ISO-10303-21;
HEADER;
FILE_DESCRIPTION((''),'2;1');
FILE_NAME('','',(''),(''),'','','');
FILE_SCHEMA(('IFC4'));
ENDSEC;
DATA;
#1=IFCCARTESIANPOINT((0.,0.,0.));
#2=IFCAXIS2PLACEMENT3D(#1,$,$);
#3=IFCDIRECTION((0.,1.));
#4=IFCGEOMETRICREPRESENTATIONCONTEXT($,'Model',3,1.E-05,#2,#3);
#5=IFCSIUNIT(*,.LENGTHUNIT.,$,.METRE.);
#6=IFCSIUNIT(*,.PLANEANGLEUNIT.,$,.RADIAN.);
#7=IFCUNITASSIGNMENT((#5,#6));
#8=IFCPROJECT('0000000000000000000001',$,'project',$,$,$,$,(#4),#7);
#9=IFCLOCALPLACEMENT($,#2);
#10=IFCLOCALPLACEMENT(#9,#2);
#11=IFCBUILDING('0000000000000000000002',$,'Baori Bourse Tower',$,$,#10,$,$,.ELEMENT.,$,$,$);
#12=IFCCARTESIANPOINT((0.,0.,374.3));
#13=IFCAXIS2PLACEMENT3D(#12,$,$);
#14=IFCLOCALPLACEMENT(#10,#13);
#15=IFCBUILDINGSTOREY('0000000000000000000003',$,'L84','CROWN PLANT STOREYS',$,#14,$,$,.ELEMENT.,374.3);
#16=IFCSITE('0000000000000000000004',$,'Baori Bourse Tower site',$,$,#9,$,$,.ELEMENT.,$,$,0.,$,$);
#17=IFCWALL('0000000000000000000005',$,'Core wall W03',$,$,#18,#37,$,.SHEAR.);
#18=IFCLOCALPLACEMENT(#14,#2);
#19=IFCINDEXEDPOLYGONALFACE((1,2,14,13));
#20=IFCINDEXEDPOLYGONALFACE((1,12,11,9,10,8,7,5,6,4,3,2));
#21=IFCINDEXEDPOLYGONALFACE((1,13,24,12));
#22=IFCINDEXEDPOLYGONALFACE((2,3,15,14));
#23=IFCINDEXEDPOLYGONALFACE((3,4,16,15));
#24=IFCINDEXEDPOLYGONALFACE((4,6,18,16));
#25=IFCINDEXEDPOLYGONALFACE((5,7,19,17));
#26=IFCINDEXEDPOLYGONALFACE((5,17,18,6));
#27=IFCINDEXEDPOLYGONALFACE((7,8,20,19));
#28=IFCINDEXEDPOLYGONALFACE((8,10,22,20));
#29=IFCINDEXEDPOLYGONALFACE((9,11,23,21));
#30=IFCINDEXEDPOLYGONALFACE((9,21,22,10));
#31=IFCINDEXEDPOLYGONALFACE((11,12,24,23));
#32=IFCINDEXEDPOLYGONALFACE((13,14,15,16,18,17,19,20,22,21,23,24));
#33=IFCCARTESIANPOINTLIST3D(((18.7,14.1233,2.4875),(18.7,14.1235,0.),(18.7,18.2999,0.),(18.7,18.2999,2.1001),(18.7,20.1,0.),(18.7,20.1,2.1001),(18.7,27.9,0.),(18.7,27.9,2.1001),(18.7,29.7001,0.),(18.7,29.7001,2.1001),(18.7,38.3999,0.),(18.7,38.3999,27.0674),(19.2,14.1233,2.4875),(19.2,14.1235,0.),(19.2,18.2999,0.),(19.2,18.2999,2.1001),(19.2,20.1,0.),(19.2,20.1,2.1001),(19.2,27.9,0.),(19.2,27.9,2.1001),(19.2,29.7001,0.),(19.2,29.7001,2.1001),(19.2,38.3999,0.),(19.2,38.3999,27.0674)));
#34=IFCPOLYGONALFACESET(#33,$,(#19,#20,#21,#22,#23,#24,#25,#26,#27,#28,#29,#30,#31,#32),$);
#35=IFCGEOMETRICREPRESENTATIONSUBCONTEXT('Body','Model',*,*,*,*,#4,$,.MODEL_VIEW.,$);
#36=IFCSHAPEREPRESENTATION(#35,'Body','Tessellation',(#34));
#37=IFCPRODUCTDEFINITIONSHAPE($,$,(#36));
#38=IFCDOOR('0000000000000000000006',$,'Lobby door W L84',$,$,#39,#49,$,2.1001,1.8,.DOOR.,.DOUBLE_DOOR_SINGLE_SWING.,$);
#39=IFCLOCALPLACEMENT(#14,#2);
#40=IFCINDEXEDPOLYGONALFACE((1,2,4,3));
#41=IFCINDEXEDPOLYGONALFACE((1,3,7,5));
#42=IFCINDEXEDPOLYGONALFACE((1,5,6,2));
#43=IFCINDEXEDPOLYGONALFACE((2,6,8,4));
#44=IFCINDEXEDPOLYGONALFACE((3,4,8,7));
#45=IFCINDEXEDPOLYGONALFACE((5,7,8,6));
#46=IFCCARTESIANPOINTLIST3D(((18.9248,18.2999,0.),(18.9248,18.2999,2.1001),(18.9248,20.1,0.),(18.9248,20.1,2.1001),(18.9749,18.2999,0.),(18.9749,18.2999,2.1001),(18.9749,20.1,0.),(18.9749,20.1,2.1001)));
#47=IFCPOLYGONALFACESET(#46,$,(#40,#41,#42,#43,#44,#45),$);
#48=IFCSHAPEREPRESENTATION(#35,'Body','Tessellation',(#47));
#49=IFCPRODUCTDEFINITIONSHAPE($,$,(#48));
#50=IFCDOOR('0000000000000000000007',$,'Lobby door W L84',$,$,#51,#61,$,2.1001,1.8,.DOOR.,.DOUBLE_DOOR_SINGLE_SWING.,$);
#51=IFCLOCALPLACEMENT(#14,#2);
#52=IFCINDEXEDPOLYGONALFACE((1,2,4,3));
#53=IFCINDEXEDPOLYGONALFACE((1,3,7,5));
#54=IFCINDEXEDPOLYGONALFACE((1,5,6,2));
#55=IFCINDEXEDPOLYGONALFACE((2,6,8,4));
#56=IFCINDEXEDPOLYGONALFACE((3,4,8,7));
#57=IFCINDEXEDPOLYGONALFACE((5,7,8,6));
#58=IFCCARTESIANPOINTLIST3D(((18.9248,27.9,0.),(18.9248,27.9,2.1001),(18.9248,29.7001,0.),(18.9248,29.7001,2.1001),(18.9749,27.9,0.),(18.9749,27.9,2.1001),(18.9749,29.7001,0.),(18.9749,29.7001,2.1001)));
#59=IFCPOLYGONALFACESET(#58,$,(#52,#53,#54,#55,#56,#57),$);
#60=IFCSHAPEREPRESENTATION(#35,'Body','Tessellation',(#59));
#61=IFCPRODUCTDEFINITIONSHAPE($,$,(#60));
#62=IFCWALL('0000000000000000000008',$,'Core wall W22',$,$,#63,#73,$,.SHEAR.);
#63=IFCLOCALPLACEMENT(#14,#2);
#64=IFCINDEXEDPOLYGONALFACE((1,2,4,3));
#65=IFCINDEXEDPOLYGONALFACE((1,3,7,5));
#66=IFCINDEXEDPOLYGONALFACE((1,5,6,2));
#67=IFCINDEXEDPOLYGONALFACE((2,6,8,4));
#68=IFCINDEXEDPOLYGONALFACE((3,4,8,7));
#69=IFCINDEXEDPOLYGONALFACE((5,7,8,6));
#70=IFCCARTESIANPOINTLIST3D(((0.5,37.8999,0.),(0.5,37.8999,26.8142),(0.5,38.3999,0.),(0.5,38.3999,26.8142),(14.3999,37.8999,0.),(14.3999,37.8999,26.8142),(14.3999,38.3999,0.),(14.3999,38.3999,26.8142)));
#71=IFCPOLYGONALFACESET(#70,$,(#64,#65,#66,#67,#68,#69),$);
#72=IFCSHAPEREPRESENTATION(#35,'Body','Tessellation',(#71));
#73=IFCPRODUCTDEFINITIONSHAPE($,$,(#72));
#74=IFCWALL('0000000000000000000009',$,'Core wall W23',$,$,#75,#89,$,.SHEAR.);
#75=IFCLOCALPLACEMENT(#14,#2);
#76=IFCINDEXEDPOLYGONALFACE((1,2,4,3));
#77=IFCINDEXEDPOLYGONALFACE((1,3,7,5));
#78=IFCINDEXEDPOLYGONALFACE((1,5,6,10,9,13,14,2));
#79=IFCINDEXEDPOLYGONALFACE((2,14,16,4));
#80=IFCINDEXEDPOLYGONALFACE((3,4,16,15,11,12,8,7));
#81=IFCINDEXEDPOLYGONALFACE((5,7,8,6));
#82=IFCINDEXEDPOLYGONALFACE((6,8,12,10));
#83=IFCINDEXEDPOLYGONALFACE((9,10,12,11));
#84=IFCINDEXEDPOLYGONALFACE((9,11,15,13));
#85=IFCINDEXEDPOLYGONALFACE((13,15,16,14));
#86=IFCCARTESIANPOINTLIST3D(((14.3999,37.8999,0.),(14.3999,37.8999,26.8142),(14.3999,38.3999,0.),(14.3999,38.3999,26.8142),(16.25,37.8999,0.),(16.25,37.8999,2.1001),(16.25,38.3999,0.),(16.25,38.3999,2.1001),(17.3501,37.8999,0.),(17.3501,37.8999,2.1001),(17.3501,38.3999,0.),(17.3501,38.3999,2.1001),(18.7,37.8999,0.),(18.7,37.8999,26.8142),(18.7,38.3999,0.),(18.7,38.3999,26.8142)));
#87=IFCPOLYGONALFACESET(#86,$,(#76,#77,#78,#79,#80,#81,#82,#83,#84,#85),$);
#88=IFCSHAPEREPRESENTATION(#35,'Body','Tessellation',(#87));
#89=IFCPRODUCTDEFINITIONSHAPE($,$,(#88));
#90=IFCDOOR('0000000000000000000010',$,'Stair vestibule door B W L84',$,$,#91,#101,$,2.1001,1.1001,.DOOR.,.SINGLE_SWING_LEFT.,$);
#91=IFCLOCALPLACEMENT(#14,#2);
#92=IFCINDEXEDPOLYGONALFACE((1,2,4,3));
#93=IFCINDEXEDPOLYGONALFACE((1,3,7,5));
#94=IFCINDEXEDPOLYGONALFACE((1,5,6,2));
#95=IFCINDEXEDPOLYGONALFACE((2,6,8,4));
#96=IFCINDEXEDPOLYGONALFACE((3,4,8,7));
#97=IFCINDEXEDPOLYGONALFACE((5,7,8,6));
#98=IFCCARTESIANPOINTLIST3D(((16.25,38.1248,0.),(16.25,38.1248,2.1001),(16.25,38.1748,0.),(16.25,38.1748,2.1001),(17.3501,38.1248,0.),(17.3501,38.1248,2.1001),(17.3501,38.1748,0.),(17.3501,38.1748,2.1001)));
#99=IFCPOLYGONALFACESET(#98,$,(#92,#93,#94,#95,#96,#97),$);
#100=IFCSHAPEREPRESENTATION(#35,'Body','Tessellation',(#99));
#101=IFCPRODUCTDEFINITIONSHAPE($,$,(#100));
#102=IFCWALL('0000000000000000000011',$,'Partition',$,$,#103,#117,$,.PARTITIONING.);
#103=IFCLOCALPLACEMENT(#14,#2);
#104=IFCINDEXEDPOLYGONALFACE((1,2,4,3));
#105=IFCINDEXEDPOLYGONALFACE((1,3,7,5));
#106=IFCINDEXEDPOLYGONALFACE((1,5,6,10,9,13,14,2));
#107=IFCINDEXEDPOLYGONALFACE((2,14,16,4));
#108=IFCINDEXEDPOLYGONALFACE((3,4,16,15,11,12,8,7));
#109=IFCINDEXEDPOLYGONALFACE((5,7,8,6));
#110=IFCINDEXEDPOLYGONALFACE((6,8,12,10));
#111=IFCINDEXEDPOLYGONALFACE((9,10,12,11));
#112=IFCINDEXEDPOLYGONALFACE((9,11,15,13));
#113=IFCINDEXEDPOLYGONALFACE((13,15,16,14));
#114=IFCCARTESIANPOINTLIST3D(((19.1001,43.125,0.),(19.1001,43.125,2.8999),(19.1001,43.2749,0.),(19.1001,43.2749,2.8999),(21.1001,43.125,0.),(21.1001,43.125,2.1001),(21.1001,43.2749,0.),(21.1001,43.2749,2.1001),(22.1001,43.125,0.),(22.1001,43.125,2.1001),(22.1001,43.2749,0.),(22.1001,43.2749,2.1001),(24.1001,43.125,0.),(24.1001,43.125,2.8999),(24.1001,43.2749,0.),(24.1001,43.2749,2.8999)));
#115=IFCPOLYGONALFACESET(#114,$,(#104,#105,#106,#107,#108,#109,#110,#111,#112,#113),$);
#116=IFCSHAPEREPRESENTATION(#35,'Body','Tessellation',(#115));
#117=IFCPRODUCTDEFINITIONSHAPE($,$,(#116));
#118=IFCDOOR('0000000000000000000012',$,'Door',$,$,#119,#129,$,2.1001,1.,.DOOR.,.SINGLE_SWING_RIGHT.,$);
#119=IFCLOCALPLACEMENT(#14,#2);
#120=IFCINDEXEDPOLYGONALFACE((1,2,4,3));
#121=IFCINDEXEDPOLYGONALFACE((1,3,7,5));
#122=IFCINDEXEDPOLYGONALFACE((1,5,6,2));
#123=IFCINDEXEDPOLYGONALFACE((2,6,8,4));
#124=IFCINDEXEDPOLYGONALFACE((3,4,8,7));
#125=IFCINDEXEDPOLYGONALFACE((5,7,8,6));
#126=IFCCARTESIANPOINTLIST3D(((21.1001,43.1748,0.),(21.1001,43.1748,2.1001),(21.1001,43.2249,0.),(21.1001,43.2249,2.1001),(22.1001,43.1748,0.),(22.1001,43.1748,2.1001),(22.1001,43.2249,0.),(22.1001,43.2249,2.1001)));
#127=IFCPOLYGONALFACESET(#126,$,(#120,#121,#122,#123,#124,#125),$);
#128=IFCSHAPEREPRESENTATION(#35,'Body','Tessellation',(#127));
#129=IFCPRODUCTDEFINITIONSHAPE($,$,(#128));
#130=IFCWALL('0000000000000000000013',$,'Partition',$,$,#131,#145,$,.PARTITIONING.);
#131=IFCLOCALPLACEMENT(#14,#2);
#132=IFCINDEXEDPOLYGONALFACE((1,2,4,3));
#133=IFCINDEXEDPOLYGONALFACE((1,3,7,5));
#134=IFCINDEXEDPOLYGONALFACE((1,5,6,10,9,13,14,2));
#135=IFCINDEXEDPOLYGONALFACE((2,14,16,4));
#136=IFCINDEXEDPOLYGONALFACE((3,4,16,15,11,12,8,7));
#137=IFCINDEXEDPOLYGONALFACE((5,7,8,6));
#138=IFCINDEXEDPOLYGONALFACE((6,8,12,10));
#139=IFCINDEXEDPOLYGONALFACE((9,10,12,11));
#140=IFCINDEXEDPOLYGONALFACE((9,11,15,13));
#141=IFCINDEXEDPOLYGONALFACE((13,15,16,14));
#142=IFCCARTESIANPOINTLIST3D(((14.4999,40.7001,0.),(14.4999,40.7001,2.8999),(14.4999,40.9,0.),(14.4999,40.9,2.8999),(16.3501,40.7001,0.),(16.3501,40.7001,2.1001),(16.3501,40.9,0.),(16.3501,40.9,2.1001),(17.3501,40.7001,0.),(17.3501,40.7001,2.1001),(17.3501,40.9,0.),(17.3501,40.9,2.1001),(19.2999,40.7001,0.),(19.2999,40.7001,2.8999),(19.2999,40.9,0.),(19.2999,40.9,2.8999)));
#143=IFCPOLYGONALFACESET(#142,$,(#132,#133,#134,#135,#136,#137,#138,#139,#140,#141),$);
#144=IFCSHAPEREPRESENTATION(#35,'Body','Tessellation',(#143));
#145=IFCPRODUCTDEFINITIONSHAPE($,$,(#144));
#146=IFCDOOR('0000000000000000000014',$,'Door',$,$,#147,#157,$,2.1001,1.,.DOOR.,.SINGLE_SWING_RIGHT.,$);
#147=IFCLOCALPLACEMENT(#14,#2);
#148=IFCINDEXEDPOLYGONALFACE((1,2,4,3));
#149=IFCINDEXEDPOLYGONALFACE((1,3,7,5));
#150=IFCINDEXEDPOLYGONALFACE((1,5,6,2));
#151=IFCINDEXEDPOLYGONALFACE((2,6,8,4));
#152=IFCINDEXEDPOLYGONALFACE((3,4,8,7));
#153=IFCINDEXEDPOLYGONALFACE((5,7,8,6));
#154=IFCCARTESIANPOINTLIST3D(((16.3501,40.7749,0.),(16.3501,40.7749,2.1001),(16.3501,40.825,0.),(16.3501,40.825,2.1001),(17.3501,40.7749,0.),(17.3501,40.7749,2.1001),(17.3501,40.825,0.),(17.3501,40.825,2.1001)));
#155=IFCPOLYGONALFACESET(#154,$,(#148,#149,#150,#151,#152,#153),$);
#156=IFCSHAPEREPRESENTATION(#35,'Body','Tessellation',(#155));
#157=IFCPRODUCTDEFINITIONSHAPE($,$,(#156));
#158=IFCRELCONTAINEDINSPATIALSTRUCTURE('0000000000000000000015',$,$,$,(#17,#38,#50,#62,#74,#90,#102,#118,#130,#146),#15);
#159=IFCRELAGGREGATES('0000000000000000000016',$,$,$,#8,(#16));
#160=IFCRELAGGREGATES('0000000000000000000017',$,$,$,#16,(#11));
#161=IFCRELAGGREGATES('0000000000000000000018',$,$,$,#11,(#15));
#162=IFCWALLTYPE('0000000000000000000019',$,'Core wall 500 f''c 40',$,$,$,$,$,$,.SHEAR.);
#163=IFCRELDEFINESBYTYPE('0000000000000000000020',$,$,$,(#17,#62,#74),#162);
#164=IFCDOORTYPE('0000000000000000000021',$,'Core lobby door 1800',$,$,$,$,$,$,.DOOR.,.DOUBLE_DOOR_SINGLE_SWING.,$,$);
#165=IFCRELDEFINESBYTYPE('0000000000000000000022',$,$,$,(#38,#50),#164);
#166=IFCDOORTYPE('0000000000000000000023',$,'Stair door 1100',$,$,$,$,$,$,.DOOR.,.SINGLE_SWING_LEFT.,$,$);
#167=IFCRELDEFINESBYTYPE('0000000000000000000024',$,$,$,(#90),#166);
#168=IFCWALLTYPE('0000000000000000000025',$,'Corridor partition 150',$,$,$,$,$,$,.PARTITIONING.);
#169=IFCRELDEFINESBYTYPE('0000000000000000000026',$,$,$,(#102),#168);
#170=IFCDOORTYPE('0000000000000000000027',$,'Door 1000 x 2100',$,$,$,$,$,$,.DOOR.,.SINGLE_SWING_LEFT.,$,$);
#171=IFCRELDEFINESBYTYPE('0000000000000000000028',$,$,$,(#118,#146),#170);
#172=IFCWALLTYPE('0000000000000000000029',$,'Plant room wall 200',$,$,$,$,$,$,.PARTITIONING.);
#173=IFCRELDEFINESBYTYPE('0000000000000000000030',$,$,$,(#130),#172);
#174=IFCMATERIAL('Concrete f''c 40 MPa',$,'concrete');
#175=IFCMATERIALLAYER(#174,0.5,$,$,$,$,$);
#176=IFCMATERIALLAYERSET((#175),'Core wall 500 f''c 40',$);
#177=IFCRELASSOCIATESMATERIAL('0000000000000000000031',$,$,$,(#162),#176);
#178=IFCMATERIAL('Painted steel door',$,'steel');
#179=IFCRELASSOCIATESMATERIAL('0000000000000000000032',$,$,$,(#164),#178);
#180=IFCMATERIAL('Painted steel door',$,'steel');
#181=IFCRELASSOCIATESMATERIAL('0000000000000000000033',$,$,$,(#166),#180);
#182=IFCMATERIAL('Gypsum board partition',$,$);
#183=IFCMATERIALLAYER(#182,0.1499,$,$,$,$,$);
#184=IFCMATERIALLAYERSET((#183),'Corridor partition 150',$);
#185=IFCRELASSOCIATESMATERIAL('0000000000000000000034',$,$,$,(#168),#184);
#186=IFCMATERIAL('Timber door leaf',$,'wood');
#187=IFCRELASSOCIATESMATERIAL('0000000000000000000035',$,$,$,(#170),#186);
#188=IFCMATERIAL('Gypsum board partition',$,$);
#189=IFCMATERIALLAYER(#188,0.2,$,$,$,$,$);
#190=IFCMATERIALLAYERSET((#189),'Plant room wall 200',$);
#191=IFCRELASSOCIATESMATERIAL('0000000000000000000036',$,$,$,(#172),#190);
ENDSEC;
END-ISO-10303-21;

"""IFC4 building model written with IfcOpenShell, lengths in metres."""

from ifc_helpers import new_model, si_unit, direction, frame, frame_2d, origin, place, context, subcontext, project, spatial, polyline, rectangle, outline, extrude, material, layer, layer_set, type_object, element, fill, save


model = new_model("IFC4")

# Units and contexts
model_context = context("Model", 3, precision=1e-05, world=origin(), true_north=direction((0.0, 1.0)))
body_context = subcontext(model_context, "Body", "Model", "MODEL_VIEW")
ifc_project = project(units=[si_unit("LENGTHUNIT", "METRE"), si_unit("PLANEANGLEUNIT", "RADIAN")], contexts=[model_context])

# Site, building, storey
site_placement = place(None, origin())
site = spatial("IfcSite", under=ifc_project, at=site_placement, Name="Baori Bourse Tower site", CompositionType="ELEMENT", RefElevation=0.0)
building_placement = place(site_placement, origin())
building = spatial("IfcBuilding", under=site, at=building_placement, Name="Baori Bourse Tower", CompositionType="ELEMENT")
storey_placement = place(building_placement, frame((0.0, 0.0, 374.3)))
storey = spatial("IfcBuildingStorey", under=building, at=storey_placement, Name="L84", Description="CROWN PLANT STOREYS", CompositionType="ELEMENT", Elevation=374.3)

# Wall, openings, doors
ifc_material_1 = material(Name="Concrete f'c 40 MPa", Category="concrete")
ifc_layer_1 = layer(ifc_material_1, 0.5)
ifc_layer_set_1 = layer_set([ifc_layer_1], Name="Core wall 500 f'c 40")
wall_type_1 = type_object("IfcWallType", Name="Core wall 500 f'c 40", PredefinedType="SHEAR", material=ifc_layer_set_1)
wall_1_placement = place(storey_placement, frame((18.95, 38.3999, 0.0), z_axis=(0.0, 0.0, 1.0), x_axis=(0.0, -1.0, 0.0)))
wall_1 = element("IfcWall", 1, at=wall_1_placement, inside=storey, type_object=wall_type_1, Name="Core wall W03", PredefinedType="SHEAR", context=body_context, shape_type="SweptSolid", body=[
    extrude(outline(polyline([(0.0, 0.0), (24.2764, 0.0), (24.2766, 2.4875), (0.0, 27.0674), (0.0, 0.0)])), frame((0.0, 0.25, 0.0), z_axis=(0.0, -1.0, 0.0), x_axis=(1.0, 0.0, 0.0)), (0.0, 0.0, 1.0), 0.5),
])
opening_1_placement = place(wall_1_placement, frame((18.3, 0.0, 0.0)))
opening_1 = element("IfcOpeningElement", 2, at=opening_1_placement, cuts=wall_1, PredefinedType="OPENING", context=body_context, shape_type="SweptSolid", body=[
    extrude(rectangle(XDim=1.8, YDim=2.1001, at=frame_2d((0.8999, 1.05))), frame((0.0, 0.26, 0.0), z_axis=(0.0, -1.0, 0.0), x_axis=(1.0, 0.0, 0.0)), (0.0, 0.0, 1.0), 0.52),
])
opening_2_placement = place(wall_1_placement, frame((8.7, 0.0, 0.0)))
opening_2 = element("IfcOpeningElement", 3, at=opening_2_placement, cuts=wall_1, PredefinedType="OPENING", context=body_context, shape_type="SweptSolid", body=[
    extrude(rectangle(XDim=1.8, YDim=2.1001, at=frame_2d((0.8999, 1.05))), frame((0.0, 0.26, 0.0), z_axis=(0.0, -1.0, 0.0), x_axis=(1.0, 0.0, 0.0)), (0.0, 0.0, 1.0), 0.52),
])
ifc_material_2 = material(Name="Painted steel door", Category="steel")
door_type_1 = type_object("IfcDoorType", Name="Core lobby door 1800", OperationType="DOUBLE_DOOR_SINGLE_SWING", PredefinedType="DOOR", material=ifc_material_2)
door_1_placement = place(opening_1_placement, origin())
door_1 = element("IfcDoor", 4, at=door_1_placement, inside=storey, type_object=door_type_1, Name="Lobby door W L84", OperationType="DOUBLE_DOOR_SINGLE_SWING", OverallHeight=2.1001, OverallWidth=1.8, PredefinedType="DOOR", context=body_context, shape_type="SweptSolid", body=[
    extrude(rectangle(XDim=1.8, YDim=2.1001, at=frame_2d((0.8999, 1.05))), frame((0.0, 0.0249, 0.0), z_axis=(0.0, -1.0, 0.0), x_axis=(1.0, 0.0, 0.0)), (0.0, 0.0, 1.0), 0.05),
])
fill(opening_1, door_1)
door_2_placement = place(opening_2_placement, origin())
door_2 = element("IfcDoor", 5, at=door_2_placement, inside=storey, type_object=door_type_1, Name="Lobby door W L84", OperationType="DOUBLE_DOOR_SINGLE_SWING", OverallHeight=2.1001, OverallWidth=1.8, PredefinedType="DOOR", context=body_context, shape_type="SweptSolid", body=[
    extrude(rectangle(XDim=1.8, YDim=2.1001, at=frame_2d((0.8999, 1.05))), frame((0.0, 0.0249, 0.0), z_axis=(0.0, -1.0, 0.0), x_axis=(1.0, 0.0, 0.0)), (0.0, 0.0, 1.0), 0.05),
])
fill(opening_2, door_2)

# Wall
wall_2_placement = place(storey_placement, frame((0.5, 38.1499, 0.0), z_axis=(0.0, 0.0, 1.0), x_axis=(1.0, 0.0, 0.0)))
element("IfcWall", 6, at=wall_2_placement, inside=storey, type_object=wall_type_1, Name="Core wall W22", PredefinedType="SHEAR", context=body_context, shape_type="SweptSolid", body=[
    extrude(outline(polyline([(0.0, 0.0), (13.8999, 0.0), (13.8999, 26.8142), (0.0, 26.8142), (0.0, 0.0)])), frame((0.0, 0.25, 0.0), z_axis=(0.0, -1.0, 0.0), x_axis=(1.0, 0.0, 0.0)), (0.0, 0.0, 1.0), 0.5),
])

# Walls, openings, doors
wall_3_placement = place(storey_placement, frame((14.3999, 38.1499, 0.0), z_axis=(0.0, 0.0, 1.0), x_axis=(1.0, 0.0, 0.0)))
wall_3 = element("IfcWall", 7, at=wall_3_placement, inside=storey, type_object=wall_type_1, Name="Core wall W23", PredefinedType="SHEAR", context=body_context, shape_type="SweptSolid", body=[
    extrude(outline(polyline([(0.0, 0.0), (4.3, 0.0), (4.3, 26.8142), (0.0, 26.8142), (0.0, 0.0)])), frame((0.0, 0.25, 0.0), z_axis=(0.0, -1.0, 0.0), x_axis=(1.0, 0.0, 0.0)), (0.0, 0.0, 1.0), 0.5),
])
opening_3_placement = place(wall_3_placement, frame((1.8501, 0.0, 0.0)))
opening_3 = element("IfcOpeningElement", 8, at=opening_3_placement, cuts=wall_3, PredefinedType="OPENING", context=body_context, shape_type="SweptSolid", body=[
    extrude(rectangle(XDim=1.1001, YDim=2.1001, at=frame_2d((0.55, 1.05))), frame((0.0, 0.26, 0.0), z_axis=(0.0, -1.0, 0.0), x_axis=(1.0, 0.0, 0.0)), (0.0, 0.0, 1.0), 0.52),
])
ifc_material_3 = material(Name="Painted steel door", Category="steel")
door_type_2 = type_object("IfcDoorType", Name="Stair door 1100", OperationType="SINGLE_SWING_LEFT", PredefinedType="DOOR", material=ifc_material_3)
door_3_placement = place(opening_3_placement, origin())
door_3 = element("IfcDoor", 9, at=door_3_placement, inside=storey, type_object=door_type_2, Name="Stair vestibule door B W L84", OperationType="SINGLE_SWING_LEFT", OverallHeight=2.1001, OverallWidth=1.1001, PredefinedType="DOOR", context=body_context, shape_type="SweptSolid", body=[
    extrude(rectangle(XDim=1.1001, YDim=2.1001, at=frame_2d((0.55, 1.05))), frame((0.0, 0.0249, 0.0), z_axis=(0.0, -1.0, 0.0), x_axis=(1.0, 0.0, 0.0)), (0.0, 0.0, 1.0), 0.05),
])
fill(opening_3, door_3)
ifc_material_4 = material(Name="Gypsum board partition")
ifc_layer_2 = layer(ifc_material_4, 0.1499)
ifc_layer_set_2 = layer_set([ifc_layer_2], Name="Corridor partition 150")
wall_type_2 = type_object("IfcWallType", Name="Corridor partition 150", PredefinedType="PARTITIONING", material=ifc_layer_set_2)
wall_4_placement = place(storey_placement, frame((19.1001, 43.2, 0.0), z_axis=(0.0, 0.0, 1.0), x_axis=(1.0, 0.0, 0.0)))
wall_4 = element("IfcWall", 10, at=wall_4_placement, inside=storey, type_object=wall_type_2, Name="Partition", PredefinedType="PARTITIONING", context=body_context, shape_type="SweptSolid", body=[
    extrude(rectangle(XDim=5.0, YDim=0.1499, at=frame_2d((2.5, 0.0))), origin(), (0.0, 0.0, 1.0), 2.8999),
])
opening_4_placement = place(wall_4_placement, frame((2.0, 0.0, 0.0)))
opening_4 = element("IfcOpeningElement", 11, at=opening_4_placement, cuts=wall_4, PredefinedType="OPENING", context=body_context, shape_type="SweptSolid", body=[
    extrude(rectangle(XDim=1.0, YDim=2.1001, at=frame_2d((0.5, 1.05))), frame((0.0, 0.085, 0.0), z_axis=(0.0, -1.0, 0.0), x_axis=(1.0, 0.0, 0.0)), (0.0, 0.0, 1.0), 0.1699),
])
ifc_material_5 = material(Name="Timber door leaf", Category="wood")
door_type_3 = type_object("IfcDoorType", Name="Door 1000 x 2100", OperationType="SINGLE_SWING_LEFT", PredefinedType="DOOR", material=ifc_material_5)
door_4_placement = place(opening_4_placement, origin())
door_4 = element("IfcDoor", 12, at=door_4_placement, inside=storey, type_object=door_type_3, Name="Door", OperationType="SINGLE_SWING_RIGHT", OverallHeight=2.1001, OverallWidth=1.0, PredefinedType="DOOR", context=body_context, shape_type="SweptSolid", body=[
    extrude(rectangle(XDim=1.0, YDim=2.1001, at=frame_2d((0.5, 1.05))), frame((0.0, 0.0249, 0.0), z_axis=(0.0, -1.0, 0.0), x_axis=(1.0, 0.0, 0.0)), (0.0, 0.0, 1.0), 0.05),
])
fill(opening_4, door_4)
ifc_material_6 = material(Name="Gypsum board partition")
ifc_layer_3 = layer(ifc_material_6, 0.2)
ifc_layer_set_3 = layer_set([ifc_layer_3], Name="Plant room wall 200")
wall_type_3 = type_object("IfcWallType", Name="Plant room wall 200", PredefinedType="PARTITIONING", material=ifc_layer_set_3)
wall_5_placement = place(storey_placement, frame((14.5, 40.8, 0.0), z_axis=(0.0, 0.0, 1.0), x_axis=(1.0, 0.0, 0.0)))
wall_5 = element("IfcWall", 13, at=wall_5_placement, inside=storey, type_object=wall_type_3, Name="Partition", PredefinedType="PARTITIONING", context=body_context, shape_type="SweptSolid", body=[
    extrude(rectangle(XDim=4.8, YDim=0.2, at=frame_2d((2.3999, 0.0))), origin(), (0.0, 0.0, 1.0), 2.8999),
])
opening_5_placement = place(wall_5_placement, frame((1.8501, 0.0, 0.0)))
opening_5 = element("IfcOpeningElement", 14, at=opening_5_placement, cuts=wall_5, PredefinedType="OPENING", context=body_context, shape_type="SweptSolid", body=[
    extrude(rectangle(XDim=1.0, YDim=2.1001, at=frame_2d((0.5, 1.05))), frame((0.0, 0.1099, 0.0), z_axis=(0.0, -1.0, 0.0), x_axis=(1.0, 0.0, 0.0)), (0.0, 0.0, 1.0), 0.22),
])
door_5_placement = place(opening_5_placement, origin())
door_5 = element("IfcDoor", 15, at=door_5_placement, inside=storey, type_object=door_type_3, Name="Door", OperationType="SINGLE_SWING_RIGHT", OverallHeight=2.1001, OverallWidth=1.0, PredefinedType="DOOR", context=body_context, shape_type="SweptSolid", body=[
    extrude(rectangle(XDim=1.0, YDim=2.1001, at=frame_2d((0.5, 1.05))), frame((0.0, 0.0249, 0.0), z_axis=(0.0, -1.0, 0.0), x_axis=(1.0, 0.0, 0.0)), (0.0, 0.0, 1.0), 0.05),
])
fill(opening_5, door_5)

save(model, "model.ifc")
